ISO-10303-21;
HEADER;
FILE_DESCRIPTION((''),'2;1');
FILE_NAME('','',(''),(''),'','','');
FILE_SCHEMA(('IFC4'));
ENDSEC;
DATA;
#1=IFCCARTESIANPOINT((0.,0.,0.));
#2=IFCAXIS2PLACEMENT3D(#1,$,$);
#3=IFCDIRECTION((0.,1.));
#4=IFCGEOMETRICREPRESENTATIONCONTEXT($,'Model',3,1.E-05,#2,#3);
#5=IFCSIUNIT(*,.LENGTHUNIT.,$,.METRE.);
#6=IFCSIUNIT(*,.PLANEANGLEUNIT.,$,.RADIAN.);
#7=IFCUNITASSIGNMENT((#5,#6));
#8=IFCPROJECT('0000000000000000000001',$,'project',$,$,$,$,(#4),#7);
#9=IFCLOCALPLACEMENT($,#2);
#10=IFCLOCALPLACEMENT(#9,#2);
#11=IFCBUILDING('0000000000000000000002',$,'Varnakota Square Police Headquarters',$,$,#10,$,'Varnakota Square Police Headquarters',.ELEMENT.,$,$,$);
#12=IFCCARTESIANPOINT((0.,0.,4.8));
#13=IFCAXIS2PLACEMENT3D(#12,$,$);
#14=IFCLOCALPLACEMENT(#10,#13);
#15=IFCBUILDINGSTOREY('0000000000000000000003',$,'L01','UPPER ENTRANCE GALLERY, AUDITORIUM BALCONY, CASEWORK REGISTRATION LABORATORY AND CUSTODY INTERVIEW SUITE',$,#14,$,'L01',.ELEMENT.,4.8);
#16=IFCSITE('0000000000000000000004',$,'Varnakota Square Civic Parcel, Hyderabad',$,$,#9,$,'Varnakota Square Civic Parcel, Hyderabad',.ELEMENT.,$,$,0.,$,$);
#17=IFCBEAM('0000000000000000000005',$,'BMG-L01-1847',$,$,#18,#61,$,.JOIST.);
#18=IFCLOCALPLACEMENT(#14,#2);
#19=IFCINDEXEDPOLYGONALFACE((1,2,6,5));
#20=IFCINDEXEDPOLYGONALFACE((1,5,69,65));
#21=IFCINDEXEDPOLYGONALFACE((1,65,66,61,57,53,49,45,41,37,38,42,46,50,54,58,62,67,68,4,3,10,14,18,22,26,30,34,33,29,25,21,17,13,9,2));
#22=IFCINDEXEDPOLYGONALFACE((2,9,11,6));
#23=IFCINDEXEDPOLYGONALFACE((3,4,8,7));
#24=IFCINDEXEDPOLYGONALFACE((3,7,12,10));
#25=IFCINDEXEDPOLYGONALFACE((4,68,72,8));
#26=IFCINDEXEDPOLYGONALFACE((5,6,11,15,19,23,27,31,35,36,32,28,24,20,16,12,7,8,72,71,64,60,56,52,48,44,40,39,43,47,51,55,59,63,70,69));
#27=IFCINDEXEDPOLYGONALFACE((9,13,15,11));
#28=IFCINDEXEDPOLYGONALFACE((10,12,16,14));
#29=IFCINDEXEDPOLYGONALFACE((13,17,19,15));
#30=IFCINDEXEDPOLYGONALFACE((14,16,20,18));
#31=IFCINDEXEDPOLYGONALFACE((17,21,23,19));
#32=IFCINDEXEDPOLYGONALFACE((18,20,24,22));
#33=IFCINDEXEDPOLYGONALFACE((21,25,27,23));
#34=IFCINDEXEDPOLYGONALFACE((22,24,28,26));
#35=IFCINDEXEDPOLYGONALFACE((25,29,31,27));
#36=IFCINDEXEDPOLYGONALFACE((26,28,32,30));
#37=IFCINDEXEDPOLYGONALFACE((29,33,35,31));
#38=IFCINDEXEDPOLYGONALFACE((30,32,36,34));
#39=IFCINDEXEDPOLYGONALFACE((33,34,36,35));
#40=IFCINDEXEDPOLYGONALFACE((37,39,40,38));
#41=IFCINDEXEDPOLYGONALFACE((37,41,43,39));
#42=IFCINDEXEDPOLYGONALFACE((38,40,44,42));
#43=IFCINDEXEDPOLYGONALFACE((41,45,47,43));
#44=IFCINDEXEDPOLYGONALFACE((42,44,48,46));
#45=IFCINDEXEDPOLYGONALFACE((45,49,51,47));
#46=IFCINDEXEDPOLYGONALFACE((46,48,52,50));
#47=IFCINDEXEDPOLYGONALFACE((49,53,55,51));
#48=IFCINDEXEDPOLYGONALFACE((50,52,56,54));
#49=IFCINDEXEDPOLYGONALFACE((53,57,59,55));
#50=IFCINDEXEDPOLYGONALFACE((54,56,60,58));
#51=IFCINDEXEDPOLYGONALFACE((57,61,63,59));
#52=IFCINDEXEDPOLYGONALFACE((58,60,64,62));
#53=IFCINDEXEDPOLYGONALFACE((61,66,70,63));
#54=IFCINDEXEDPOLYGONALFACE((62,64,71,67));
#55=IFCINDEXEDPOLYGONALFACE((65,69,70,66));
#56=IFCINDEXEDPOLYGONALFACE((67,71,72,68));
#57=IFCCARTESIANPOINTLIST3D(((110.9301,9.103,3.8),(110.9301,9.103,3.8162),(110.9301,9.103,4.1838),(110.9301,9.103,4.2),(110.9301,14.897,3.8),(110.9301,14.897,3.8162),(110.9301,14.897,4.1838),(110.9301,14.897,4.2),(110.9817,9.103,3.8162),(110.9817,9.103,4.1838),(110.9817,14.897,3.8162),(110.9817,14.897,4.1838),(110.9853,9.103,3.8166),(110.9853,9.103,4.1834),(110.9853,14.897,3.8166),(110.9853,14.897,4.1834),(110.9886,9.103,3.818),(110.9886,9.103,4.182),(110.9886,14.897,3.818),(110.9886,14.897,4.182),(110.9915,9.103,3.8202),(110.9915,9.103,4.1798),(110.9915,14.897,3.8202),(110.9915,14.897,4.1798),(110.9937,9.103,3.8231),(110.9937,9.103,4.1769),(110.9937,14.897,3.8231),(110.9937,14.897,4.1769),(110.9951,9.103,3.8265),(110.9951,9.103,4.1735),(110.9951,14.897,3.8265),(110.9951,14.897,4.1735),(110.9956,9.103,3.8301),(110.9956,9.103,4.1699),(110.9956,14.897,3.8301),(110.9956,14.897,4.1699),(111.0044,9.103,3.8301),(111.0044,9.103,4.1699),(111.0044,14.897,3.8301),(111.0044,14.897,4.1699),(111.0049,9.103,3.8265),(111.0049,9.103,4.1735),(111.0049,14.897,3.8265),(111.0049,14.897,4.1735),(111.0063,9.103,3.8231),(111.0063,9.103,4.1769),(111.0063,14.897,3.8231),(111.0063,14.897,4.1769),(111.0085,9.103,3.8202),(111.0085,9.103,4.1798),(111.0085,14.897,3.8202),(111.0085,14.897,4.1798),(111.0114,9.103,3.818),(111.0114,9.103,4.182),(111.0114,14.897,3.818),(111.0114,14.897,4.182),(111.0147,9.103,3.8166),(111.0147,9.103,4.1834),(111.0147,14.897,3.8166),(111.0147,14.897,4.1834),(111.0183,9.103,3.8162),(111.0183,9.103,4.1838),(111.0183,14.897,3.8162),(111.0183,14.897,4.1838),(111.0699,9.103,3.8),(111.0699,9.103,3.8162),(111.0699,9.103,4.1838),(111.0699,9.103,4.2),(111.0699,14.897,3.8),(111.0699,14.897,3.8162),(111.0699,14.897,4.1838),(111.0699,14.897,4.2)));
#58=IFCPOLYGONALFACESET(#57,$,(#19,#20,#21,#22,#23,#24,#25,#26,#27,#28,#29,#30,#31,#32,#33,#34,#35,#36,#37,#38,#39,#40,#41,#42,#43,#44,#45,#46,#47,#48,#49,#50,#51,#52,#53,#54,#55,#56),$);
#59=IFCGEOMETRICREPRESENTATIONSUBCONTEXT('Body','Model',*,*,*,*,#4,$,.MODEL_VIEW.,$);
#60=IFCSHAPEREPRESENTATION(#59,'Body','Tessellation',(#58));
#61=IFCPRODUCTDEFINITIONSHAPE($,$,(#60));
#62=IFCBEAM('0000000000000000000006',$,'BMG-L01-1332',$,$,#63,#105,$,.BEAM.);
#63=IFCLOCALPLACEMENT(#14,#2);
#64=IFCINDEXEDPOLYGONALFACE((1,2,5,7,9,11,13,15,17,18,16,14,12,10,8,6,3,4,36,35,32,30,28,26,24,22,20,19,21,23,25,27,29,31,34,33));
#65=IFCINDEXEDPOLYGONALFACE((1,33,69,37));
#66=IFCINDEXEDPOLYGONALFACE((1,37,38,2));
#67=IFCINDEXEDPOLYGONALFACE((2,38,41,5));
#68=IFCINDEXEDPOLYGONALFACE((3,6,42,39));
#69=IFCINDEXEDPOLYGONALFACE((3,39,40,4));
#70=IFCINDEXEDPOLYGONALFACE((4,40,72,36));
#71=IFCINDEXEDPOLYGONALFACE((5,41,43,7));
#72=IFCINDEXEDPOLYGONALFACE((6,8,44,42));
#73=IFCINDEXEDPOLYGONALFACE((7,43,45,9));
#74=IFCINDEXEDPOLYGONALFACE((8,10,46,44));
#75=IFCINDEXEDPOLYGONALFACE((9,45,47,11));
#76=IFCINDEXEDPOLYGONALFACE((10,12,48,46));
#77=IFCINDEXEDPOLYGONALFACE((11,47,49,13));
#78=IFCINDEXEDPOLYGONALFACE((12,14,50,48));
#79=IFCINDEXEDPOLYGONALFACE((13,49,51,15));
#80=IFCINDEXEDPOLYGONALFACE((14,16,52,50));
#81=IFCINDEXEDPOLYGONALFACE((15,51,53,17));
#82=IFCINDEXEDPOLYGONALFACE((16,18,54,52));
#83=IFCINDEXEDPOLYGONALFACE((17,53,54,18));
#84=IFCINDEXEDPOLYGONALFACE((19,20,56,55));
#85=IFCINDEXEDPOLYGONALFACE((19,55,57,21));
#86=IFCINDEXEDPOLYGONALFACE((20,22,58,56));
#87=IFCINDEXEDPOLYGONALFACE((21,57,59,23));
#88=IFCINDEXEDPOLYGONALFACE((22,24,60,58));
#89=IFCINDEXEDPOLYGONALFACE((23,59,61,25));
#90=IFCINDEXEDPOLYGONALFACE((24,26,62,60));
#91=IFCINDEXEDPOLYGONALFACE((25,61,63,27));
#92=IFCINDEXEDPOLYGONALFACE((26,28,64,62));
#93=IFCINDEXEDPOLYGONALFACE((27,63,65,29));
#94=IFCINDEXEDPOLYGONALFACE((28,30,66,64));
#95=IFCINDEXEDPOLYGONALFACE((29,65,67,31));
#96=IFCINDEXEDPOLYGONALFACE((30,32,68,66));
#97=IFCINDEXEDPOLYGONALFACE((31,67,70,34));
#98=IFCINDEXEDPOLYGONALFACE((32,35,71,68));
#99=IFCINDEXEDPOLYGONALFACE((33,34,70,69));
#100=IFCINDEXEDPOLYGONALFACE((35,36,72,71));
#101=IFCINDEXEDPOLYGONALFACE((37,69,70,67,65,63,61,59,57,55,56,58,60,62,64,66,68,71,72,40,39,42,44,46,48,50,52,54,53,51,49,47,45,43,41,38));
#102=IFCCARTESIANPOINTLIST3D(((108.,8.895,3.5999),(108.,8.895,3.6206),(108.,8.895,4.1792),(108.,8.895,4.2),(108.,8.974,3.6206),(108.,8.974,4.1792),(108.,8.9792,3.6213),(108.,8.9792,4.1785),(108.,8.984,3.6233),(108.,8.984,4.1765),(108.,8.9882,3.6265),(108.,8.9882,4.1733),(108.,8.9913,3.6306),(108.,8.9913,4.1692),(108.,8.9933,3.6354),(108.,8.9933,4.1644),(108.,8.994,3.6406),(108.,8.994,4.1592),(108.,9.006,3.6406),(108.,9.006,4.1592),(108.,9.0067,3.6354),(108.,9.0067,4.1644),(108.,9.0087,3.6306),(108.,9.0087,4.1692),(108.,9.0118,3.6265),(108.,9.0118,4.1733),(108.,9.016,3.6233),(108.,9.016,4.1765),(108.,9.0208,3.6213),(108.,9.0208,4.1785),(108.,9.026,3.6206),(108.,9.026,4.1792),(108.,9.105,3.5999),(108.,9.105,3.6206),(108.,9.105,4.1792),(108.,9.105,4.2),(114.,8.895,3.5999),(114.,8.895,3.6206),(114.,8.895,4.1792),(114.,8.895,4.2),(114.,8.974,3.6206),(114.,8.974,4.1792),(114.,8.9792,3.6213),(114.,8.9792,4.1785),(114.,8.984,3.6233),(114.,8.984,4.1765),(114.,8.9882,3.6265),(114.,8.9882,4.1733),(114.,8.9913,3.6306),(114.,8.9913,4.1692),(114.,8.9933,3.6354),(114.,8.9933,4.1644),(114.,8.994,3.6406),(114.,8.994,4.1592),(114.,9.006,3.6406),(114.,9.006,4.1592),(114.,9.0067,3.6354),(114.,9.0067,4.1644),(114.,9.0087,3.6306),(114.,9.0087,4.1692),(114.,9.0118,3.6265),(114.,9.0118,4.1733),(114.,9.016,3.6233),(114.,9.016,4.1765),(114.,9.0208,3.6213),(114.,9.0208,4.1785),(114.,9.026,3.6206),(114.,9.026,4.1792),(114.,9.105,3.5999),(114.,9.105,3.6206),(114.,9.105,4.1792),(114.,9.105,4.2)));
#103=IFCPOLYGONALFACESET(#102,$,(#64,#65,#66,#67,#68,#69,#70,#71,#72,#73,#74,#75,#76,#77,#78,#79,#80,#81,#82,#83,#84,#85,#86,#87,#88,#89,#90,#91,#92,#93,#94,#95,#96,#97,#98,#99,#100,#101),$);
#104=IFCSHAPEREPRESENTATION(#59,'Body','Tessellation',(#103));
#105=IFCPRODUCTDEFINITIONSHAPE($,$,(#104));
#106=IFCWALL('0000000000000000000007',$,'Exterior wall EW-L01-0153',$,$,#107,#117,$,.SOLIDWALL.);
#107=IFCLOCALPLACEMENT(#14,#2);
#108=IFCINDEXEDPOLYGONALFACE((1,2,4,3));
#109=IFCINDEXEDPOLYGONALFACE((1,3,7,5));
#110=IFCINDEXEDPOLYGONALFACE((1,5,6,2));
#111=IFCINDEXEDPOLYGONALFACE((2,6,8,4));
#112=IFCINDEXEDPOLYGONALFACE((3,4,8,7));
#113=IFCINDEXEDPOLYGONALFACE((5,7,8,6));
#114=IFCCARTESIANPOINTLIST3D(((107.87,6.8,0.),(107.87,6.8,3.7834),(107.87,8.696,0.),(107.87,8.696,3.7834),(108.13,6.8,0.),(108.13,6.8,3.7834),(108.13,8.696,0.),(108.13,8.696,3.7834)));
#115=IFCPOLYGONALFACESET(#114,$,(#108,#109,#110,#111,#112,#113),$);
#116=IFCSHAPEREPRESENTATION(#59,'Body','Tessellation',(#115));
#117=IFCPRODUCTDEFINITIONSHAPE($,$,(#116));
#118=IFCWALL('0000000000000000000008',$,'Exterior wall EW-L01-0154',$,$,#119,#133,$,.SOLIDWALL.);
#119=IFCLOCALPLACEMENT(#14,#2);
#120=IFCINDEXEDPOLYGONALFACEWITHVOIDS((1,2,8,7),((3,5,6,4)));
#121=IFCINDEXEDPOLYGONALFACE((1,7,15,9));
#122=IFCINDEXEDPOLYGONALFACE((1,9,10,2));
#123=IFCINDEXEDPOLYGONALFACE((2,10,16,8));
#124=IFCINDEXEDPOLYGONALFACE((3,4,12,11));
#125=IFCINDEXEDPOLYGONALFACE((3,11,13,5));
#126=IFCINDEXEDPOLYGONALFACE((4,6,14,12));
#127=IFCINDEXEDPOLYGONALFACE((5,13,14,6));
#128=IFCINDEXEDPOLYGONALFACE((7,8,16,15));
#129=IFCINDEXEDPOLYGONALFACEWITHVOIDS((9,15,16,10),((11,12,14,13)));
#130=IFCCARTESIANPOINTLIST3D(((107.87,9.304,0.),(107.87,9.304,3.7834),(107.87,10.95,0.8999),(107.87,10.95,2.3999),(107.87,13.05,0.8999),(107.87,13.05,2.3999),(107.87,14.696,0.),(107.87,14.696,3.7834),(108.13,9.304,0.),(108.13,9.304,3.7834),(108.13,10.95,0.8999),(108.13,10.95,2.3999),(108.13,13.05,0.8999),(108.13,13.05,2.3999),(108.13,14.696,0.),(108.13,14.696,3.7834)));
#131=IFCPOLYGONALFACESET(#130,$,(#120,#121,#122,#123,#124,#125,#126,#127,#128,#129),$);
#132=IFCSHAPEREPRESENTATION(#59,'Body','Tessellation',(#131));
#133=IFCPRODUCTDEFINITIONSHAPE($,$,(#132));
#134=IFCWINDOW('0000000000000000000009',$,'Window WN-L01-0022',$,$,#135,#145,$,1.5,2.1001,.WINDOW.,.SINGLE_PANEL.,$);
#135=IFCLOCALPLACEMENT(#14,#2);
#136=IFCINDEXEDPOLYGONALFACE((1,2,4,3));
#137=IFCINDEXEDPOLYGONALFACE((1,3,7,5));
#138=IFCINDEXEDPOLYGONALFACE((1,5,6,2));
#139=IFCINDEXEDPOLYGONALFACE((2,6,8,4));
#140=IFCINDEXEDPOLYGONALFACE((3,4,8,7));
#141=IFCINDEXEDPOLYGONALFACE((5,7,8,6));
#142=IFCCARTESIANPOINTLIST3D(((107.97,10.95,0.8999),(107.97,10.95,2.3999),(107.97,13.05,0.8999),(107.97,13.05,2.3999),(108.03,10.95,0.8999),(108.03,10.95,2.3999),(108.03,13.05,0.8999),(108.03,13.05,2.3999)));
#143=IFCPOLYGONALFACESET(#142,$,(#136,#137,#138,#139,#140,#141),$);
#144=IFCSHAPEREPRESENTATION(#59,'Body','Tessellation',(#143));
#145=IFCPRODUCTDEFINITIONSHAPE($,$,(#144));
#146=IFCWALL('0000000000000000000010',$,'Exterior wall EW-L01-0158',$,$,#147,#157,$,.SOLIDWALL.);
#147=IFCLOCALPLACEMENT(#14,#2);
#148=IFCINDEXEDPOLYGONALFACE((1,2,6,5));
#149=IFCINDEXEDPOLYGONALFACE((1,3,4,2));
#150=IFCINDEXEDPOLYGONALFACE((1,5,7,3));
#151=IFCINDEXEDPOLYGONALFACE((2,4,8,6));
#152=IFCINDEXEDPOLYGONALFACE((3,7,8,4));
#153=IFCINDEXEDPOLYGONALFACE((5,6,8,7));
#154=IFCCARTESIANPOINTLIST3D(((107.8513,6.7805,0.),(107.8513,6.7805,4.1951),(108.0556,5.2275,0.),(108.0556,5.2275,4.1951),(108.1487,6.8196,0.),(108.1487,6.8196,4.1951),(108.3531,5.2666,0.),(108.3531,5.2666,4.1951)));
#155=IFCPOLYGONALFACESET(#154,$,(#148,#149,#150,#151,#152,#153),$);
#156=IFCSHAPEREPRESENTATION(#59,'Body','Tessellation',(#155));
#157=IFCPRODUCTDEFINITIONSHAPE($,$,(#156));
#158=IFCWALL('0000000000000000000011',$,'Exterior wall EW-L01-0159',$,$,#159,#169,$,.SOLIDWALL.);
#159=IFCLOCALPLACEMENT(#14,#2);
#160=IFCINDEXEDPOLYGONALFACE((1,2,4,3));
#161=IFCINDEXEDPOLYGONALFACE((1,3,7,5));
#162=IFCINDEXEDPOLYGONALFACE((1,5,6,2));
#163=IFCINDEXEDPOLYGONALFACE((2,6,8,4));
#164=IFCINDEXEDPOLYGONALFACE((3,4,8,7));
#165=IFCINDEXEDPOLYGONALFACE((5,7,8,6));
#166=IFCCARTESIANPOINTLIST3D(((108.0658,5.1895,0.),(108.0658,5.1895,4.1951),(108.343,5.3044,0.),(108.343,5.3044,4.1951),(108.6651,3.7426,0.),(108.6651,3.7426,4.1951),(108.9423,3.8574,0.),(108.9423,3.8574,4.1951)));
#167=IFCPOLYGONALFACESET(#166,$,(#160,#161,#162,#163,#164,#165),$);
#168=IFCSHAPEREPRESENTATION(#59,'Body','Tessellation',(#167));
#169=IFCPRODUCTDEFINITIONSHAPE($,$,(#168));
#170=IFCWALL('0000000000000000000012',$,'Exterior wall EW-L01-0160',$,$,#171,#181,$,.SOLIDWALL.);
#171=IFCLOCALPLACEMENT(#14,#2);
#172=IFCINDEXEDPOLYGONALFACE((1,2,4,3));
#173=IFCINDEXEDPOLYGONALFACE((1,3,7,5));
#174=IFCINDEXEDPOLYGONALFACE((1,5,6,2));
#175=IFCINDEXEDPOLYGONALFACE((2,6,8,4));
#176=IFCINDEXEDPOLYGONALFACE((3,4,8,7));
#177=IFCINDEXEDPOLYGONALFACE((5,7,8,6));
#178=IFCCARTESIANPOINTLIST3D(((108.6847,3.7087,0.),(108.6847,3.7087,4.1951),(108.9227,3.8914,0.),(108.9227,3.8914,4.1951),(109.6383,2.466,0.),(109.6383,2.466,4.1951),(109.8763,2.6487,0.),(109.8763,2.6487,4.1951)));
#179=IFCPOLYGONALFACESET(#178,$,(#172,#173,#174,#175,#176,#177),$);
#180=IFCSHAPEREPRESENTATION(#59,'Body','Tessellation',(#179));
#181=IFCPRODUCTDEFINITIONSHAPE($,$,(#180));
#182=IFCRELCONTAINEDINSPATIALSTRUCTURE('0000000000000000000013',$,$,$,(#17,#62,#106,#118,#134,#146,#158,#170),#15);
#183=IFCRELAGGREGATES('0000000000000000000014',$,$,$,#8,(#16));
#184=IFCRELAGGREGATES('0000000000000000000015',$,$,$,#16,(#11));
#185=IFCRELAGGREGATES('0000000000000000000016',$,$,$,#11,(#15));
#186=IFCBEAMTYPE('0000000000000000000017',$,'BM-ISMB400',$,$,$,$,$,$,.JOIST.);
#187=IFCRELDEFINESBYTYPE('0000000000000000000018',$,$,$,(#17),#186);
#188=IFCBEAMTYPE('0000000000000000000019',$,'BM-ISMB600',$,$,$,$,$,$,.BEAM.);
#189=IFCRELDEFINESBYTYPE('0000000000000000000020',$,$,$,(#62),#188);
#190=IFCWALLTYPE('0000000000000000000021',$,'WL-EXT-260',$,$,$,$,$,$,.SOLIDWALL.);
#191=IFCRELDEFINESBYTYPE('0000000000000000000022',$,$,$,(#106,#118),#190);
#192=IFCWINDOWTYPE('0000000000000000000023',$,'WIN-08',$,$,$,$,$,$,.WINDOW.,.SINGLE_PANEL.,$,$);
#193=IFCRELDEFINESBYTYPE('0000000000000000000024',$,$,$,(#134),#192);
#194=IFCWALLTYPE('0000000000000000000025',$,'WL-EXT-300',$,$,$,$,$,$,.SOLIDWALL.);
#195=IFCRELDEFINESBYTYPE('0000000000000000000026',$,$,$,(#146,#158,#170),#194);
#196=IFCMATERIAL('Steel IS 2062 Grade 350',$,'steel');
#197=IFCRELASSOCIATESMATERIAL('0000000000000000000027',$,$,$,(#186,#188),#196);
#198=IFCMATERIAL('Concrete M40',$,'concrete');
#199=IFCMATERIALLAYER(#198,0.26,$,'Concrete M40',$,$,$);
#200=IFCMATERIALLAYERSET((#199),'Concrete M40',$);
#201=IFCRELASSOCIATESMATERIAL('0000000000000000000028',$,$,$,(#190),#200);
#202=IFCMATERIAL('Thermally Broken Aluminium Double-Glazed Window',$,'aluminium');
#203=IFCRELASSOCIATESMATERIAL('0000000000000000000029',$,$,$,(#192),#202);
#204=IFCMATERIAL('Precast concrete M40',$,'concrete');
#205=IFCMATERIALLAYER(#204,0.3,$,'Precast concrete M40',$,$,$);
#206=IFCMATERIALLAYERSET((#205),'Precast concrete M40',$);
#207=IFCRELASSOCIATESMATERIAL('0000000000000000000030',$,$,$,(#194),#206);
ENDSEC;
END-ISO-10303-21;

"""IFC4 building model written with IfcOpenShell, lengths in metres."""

from ifc_helpers import new_model, si_unit, direction, frame, frame_2d, origin, origin_2d, place, context, subcontext, project, spatial, rectangle, i_section, extrude, material, layer, layer_set, material_profile, profile_set, type_object, element, fill, save


model = new_model("IFC4")

# Units and contexts
model_context = context("Model", 3, precision=1e-05, world=origin(), true_north=direction((0.0, 1.0)))
body_context = subcontext(model_context, "Body", "Model", "MODEL_VIEW")
ifc_project = project(units=[si_unit("LENGTHUNIT", "METRE"), si_unit("PLANEANGLEUNIT", "RADIAN")], contexts=[model_context])

# Site, building, storey
site_placement = place(None, origin())
site = spatial("IfcSite", under=ifc_project, at=site_placement, Name="Varnakota Square Civic Parcel, Hyderabad", LongName="Varnakota Square Civic Parcel, Hyderabad", CompositionType="ELEMENT", RefElevation=0.0)
building_placement = place(site_placement, origin())
building = spatial("IfcBuilding", under=site, at=building_placement, Name="Varnakota Square Police Headquarters", LongName="Varnakota Square Police Headquarters", CompositionType="ELEMENT")
storey_placement = place(building_placement, frame((0.0, 0.0, 4.8)))
storey = spatial("IfcBuildingStorey", under=building, at=storey_placement, Name="L01", Description="UPPER ENTRANCE GALLERY, AUDITORIUM BALCONY, CASEWORK REGISTRATION LABORATORY AND CUSTODY INTERVIEW SUITE", LongName="L01", CompositionType="ELEMENT", Elevation=4.8)

# Shared definitions
ifc_material_1 = material(Name="Steel IS 2062 Grade 350", Category="steel")

# Beams
ifc_material_profile_1 = material_profile(ifc_material_1, i_section(OverallWidth=0.1399, OverallDepth=0.3999, WebThickness=0.0088, FlangeThickness=0.0161, FilletRadius=0.0139, at=origin_2d()), Name="ISMB 400")
ifc_profile_set_1 = profile_set([ifc_material_profile_1], Name="Steel IS 2062 Grade 350")
beam_type_1 = type_object("IfcBeamType", Name="BM-ISMB400", PredefinedType="JOIST", material=ifc_profile_set_1)
beam_1_placement = place(storey_placement, frame((111.0, 9.103, 4.0), z_axis=(0.0, 1.0, 0.0), x_axis=(-1.0, 0.0, 0.0)))
element("IfcBeam", 1, at=beam_1_placement, inside=storey, type_object=beam_type_1, Name="BMG-L01-1847", PredefinedType="JOIST", context=body_context, shape_type="SweptSolid", body=[
    extrude(i_section(OverallWidth=0.1399, OverallDepth=0.3999, WebThickness=0.0088, FlangeThickness=0.0161, FilletRadius=0.0139, at=origin_2d()), origin(), (0.0, 0.0, 1.0), 5.7939),
])
ifc_material_profile_2 = material_profile(ifc_material_1, i_section(OverallWidth=0.21, OverallDepth=0.6001, WebThickness=0.012, FlangeThickness=0.0208, FilletRadius=0.02, at=origin_2d()), Name="ISMB 600")
ifc_profile_set_2 = profile_set([ifc_material_profile_2], Name="Steel IS 2062 Grade 350")
beam_type_2 = type_object("IfcBeamType", Name="BM-ISMB600", PredefinedType="BEAM", material=ifc_profile_set_2)
beam_2_placement = place(storey_placement, frame((108.0, 9.0, 3.8999), z_axis=(1.0, 0.0, 0.0), x_axis=(0.0, 1.0, 0.0)))
element("IfcBeam", 2, at=beam_2_placement, inside=storey, type_object=beam_type_2, Name="BMG-L01-1332", PredefinedType="BEAM", context=body_context, shape_type="SweptSolid", body=[
    extrude(i_section(OverallWidth=0.21, OverallDepth=0.6001, WebThickness=0.012, FlangeThickness=0.0208, FilletRadius=0.02, at=origin_2d()), origin(), (0.0, 0.0, 1.0), 6.0),
])

# Wall
ifc_material_2 = material(Name="Concrete M40", Category="concrete")
ifc_layer_1 = layer(ifc_material_2, 0.26, Name="Concrete M40")
ifc_layer_set_1 = layer_set([ifc_layer_1], Name="Concrete M40")
wall_type_1 = type_object("IfcWallType", Name="WL-EXT-260", PredefinedType="SOLIDWALL", material=ifc_layer_set_1)
wall_1_placement = place(storey_placement, frame((108.0, 6.8, 0.0), z_axis=(0.0, 0.0, 1.0), x_axis=(0.0, 1.0, 0.0)))
element("IfcWall", 3, at=wall_1_placement, inside=storey, type_object=wall_type_1, Name="Exterior wall EW-L01-0153", PredefinedType="SOLIDWALL", context=body_context, shape_type="SweptSolid", body=[
    extrude(rectangle(XDim=1.896, YDim=0.26, at=frame_2d((0.948, 0.0))), origin(), (0.0, 0.0, 1.0), 3.7834),
])

# Wall, opening, window
wall_2_placement = place(storey_placement, frame((108.0, 9.304, 0.0), z_axis=(0.0, 0.0, 1.0), x_axis=(0.0, 1.0, 0.0)))
wall_2 = element("IfcWall", 4, at=wall_2_placement, inside=storey, type_object=wall_type_1, Name="Exterior wall EW-L01-0154", PredefinedType="SOLIDWALL", context=body_context, shape_type="SweptSolid", body=[
    extrude(rectangle(XDim=5.3921, YDim=0.26, at=frame_2d((2.696, 0.0))), origin(), (0.0, 0.0, 1.0), 3.7834),
])
opening_1_placement = place(wall_2_placement, frame((1.646, 0.0, 0.8999)))
opening_1 = element("IfcOpeningElement", 5, at=opening_1_placement, cuts=wall_2, PredefinedType="OPENING", context=body_context, shape_type="SweptSolid", body=[
    extrude(rectangle(XDim=2.1001, YDim=1.5, at=frame_2d((1.05, 0.75))), frame((0.0, 0.1399, 0.0), z_axis=(0.0, -1.0, 0.0), x_axis=(1.0, 0.0, 0.0)), (0.0, 0.0, 1.0), 0.28),
])
ifc_material_3 = material(Name="Thermally Broken Aluminium Double-Glazed Window", Category="aluminium")
window_type = type_object("IfcWindowType", Name="WIN-08", PartitioningType="SINGLE_PANEL", PredefinedType="WINDOW", material=ifc_material_3)
window_placement = place(opening_1_placement, origin())
window = element("IfcWindow", 6, at=window_placement, inside=storey, type_object=window_type, Name="Window WN-L01-0022", OverallHeight=1.5, OverallWidth=2.1001, PartitioningType="SINGLE_PANEL", PredefinedType="WINDOW", context=body_context, shape_type="SweptSolid", body=[
    extrude(rectangle(XDim=2.1001, YDim=1.5, at=frame_2d((1.05, 0.75))), frame((0.0, 0.03, 0.0), z_axis=(0.0, -1.0, 0.0), x_axis=(1.0, 0.0, 0.0)), (0.0, 0.0, 1.0), 0.0601),
])
fill(opening_1, window)

# Walls
ifc_material_4 = material(Name="Precast concrete M40", Category="concrete")
ifc_layer_2 = layer(ifc_material_4, 0.3, Name="Precast concrete M40")
ifc_layer_set_2 = layer_set([ifc_layer_2], Name="Precast concrete M40")
wall_type_2 = type_object("IfcWallType", Name="WL-EXT-300", PredefinedType="SOLIDWALL", material=ifc_layer_set_2)
wall_3_placement = place(storey_placement, frame((108.0, 6.8, 0.0), z_axis=(0.0, 0.0, 1.0), x_axis=(0.130459, -0.991454, 0.0)))
element("IfcWall", 7, at=wall_3_placement, inside=storey, type_object=wall_type_2, Name="Exterior wall EW-L01-0158", PredefinedType="SOLIDWALL", context=body_context, shape_type="SweptSolid", body=[
    extrude(rectangle(XDim=1.5664, YDim=0.3, at=frame_2d((0.7832, 0.0))), origin(), (0.0, 0.0, 1.0), 4.1951),
])
wall_4_placement = place(storey_placement, frame((108.2043, 5.2471, 0.0), z_axis=(0.0, 0.0, 1.0), x_axis=(0.382678, -0.923882, 0.0)))
element("IfcWall", 8, at=wall_4_placement, inside=storey, type_object=wall_type_2, Name="Exterior wall EW-L01-0159", PredefinedType="SOLIDWALL", context=body_context, shape_type="SweptSolid", body=[
    extrude(rectangle(XDim=1.5662, YDim=0.3, at=frame_2d((0.7832, 0.0))), origin(), (0.0, 0.0, 1.0), 4.1951),
])
for number, where, z_axis, x_axis, name in (
    (9, (108.8037, 3.8, 0.0), (0.0, 0.0, 1.0), (0.608791, -0.79333, 0.0), "Exterior wall EW-L01-0160"),
):
    element("IfcWall", number, at=place(storey_placement, frame(where, z_axis=z_axis, x_axis=x_axis)), inside=storey, type_object=wall_type_2, Name=name, PredefinedType="SOLIDWALL", context=body_context, shape_type="SweptSolid", body=[
        extrude(rectangle(XDim=1.5664, YDim=0.3, at=frame_2d((0.7832, 0.0))), origin(), (0.0, 0.0, 1.0), 4.1951),
    ])

save(model, "model.ifc")
